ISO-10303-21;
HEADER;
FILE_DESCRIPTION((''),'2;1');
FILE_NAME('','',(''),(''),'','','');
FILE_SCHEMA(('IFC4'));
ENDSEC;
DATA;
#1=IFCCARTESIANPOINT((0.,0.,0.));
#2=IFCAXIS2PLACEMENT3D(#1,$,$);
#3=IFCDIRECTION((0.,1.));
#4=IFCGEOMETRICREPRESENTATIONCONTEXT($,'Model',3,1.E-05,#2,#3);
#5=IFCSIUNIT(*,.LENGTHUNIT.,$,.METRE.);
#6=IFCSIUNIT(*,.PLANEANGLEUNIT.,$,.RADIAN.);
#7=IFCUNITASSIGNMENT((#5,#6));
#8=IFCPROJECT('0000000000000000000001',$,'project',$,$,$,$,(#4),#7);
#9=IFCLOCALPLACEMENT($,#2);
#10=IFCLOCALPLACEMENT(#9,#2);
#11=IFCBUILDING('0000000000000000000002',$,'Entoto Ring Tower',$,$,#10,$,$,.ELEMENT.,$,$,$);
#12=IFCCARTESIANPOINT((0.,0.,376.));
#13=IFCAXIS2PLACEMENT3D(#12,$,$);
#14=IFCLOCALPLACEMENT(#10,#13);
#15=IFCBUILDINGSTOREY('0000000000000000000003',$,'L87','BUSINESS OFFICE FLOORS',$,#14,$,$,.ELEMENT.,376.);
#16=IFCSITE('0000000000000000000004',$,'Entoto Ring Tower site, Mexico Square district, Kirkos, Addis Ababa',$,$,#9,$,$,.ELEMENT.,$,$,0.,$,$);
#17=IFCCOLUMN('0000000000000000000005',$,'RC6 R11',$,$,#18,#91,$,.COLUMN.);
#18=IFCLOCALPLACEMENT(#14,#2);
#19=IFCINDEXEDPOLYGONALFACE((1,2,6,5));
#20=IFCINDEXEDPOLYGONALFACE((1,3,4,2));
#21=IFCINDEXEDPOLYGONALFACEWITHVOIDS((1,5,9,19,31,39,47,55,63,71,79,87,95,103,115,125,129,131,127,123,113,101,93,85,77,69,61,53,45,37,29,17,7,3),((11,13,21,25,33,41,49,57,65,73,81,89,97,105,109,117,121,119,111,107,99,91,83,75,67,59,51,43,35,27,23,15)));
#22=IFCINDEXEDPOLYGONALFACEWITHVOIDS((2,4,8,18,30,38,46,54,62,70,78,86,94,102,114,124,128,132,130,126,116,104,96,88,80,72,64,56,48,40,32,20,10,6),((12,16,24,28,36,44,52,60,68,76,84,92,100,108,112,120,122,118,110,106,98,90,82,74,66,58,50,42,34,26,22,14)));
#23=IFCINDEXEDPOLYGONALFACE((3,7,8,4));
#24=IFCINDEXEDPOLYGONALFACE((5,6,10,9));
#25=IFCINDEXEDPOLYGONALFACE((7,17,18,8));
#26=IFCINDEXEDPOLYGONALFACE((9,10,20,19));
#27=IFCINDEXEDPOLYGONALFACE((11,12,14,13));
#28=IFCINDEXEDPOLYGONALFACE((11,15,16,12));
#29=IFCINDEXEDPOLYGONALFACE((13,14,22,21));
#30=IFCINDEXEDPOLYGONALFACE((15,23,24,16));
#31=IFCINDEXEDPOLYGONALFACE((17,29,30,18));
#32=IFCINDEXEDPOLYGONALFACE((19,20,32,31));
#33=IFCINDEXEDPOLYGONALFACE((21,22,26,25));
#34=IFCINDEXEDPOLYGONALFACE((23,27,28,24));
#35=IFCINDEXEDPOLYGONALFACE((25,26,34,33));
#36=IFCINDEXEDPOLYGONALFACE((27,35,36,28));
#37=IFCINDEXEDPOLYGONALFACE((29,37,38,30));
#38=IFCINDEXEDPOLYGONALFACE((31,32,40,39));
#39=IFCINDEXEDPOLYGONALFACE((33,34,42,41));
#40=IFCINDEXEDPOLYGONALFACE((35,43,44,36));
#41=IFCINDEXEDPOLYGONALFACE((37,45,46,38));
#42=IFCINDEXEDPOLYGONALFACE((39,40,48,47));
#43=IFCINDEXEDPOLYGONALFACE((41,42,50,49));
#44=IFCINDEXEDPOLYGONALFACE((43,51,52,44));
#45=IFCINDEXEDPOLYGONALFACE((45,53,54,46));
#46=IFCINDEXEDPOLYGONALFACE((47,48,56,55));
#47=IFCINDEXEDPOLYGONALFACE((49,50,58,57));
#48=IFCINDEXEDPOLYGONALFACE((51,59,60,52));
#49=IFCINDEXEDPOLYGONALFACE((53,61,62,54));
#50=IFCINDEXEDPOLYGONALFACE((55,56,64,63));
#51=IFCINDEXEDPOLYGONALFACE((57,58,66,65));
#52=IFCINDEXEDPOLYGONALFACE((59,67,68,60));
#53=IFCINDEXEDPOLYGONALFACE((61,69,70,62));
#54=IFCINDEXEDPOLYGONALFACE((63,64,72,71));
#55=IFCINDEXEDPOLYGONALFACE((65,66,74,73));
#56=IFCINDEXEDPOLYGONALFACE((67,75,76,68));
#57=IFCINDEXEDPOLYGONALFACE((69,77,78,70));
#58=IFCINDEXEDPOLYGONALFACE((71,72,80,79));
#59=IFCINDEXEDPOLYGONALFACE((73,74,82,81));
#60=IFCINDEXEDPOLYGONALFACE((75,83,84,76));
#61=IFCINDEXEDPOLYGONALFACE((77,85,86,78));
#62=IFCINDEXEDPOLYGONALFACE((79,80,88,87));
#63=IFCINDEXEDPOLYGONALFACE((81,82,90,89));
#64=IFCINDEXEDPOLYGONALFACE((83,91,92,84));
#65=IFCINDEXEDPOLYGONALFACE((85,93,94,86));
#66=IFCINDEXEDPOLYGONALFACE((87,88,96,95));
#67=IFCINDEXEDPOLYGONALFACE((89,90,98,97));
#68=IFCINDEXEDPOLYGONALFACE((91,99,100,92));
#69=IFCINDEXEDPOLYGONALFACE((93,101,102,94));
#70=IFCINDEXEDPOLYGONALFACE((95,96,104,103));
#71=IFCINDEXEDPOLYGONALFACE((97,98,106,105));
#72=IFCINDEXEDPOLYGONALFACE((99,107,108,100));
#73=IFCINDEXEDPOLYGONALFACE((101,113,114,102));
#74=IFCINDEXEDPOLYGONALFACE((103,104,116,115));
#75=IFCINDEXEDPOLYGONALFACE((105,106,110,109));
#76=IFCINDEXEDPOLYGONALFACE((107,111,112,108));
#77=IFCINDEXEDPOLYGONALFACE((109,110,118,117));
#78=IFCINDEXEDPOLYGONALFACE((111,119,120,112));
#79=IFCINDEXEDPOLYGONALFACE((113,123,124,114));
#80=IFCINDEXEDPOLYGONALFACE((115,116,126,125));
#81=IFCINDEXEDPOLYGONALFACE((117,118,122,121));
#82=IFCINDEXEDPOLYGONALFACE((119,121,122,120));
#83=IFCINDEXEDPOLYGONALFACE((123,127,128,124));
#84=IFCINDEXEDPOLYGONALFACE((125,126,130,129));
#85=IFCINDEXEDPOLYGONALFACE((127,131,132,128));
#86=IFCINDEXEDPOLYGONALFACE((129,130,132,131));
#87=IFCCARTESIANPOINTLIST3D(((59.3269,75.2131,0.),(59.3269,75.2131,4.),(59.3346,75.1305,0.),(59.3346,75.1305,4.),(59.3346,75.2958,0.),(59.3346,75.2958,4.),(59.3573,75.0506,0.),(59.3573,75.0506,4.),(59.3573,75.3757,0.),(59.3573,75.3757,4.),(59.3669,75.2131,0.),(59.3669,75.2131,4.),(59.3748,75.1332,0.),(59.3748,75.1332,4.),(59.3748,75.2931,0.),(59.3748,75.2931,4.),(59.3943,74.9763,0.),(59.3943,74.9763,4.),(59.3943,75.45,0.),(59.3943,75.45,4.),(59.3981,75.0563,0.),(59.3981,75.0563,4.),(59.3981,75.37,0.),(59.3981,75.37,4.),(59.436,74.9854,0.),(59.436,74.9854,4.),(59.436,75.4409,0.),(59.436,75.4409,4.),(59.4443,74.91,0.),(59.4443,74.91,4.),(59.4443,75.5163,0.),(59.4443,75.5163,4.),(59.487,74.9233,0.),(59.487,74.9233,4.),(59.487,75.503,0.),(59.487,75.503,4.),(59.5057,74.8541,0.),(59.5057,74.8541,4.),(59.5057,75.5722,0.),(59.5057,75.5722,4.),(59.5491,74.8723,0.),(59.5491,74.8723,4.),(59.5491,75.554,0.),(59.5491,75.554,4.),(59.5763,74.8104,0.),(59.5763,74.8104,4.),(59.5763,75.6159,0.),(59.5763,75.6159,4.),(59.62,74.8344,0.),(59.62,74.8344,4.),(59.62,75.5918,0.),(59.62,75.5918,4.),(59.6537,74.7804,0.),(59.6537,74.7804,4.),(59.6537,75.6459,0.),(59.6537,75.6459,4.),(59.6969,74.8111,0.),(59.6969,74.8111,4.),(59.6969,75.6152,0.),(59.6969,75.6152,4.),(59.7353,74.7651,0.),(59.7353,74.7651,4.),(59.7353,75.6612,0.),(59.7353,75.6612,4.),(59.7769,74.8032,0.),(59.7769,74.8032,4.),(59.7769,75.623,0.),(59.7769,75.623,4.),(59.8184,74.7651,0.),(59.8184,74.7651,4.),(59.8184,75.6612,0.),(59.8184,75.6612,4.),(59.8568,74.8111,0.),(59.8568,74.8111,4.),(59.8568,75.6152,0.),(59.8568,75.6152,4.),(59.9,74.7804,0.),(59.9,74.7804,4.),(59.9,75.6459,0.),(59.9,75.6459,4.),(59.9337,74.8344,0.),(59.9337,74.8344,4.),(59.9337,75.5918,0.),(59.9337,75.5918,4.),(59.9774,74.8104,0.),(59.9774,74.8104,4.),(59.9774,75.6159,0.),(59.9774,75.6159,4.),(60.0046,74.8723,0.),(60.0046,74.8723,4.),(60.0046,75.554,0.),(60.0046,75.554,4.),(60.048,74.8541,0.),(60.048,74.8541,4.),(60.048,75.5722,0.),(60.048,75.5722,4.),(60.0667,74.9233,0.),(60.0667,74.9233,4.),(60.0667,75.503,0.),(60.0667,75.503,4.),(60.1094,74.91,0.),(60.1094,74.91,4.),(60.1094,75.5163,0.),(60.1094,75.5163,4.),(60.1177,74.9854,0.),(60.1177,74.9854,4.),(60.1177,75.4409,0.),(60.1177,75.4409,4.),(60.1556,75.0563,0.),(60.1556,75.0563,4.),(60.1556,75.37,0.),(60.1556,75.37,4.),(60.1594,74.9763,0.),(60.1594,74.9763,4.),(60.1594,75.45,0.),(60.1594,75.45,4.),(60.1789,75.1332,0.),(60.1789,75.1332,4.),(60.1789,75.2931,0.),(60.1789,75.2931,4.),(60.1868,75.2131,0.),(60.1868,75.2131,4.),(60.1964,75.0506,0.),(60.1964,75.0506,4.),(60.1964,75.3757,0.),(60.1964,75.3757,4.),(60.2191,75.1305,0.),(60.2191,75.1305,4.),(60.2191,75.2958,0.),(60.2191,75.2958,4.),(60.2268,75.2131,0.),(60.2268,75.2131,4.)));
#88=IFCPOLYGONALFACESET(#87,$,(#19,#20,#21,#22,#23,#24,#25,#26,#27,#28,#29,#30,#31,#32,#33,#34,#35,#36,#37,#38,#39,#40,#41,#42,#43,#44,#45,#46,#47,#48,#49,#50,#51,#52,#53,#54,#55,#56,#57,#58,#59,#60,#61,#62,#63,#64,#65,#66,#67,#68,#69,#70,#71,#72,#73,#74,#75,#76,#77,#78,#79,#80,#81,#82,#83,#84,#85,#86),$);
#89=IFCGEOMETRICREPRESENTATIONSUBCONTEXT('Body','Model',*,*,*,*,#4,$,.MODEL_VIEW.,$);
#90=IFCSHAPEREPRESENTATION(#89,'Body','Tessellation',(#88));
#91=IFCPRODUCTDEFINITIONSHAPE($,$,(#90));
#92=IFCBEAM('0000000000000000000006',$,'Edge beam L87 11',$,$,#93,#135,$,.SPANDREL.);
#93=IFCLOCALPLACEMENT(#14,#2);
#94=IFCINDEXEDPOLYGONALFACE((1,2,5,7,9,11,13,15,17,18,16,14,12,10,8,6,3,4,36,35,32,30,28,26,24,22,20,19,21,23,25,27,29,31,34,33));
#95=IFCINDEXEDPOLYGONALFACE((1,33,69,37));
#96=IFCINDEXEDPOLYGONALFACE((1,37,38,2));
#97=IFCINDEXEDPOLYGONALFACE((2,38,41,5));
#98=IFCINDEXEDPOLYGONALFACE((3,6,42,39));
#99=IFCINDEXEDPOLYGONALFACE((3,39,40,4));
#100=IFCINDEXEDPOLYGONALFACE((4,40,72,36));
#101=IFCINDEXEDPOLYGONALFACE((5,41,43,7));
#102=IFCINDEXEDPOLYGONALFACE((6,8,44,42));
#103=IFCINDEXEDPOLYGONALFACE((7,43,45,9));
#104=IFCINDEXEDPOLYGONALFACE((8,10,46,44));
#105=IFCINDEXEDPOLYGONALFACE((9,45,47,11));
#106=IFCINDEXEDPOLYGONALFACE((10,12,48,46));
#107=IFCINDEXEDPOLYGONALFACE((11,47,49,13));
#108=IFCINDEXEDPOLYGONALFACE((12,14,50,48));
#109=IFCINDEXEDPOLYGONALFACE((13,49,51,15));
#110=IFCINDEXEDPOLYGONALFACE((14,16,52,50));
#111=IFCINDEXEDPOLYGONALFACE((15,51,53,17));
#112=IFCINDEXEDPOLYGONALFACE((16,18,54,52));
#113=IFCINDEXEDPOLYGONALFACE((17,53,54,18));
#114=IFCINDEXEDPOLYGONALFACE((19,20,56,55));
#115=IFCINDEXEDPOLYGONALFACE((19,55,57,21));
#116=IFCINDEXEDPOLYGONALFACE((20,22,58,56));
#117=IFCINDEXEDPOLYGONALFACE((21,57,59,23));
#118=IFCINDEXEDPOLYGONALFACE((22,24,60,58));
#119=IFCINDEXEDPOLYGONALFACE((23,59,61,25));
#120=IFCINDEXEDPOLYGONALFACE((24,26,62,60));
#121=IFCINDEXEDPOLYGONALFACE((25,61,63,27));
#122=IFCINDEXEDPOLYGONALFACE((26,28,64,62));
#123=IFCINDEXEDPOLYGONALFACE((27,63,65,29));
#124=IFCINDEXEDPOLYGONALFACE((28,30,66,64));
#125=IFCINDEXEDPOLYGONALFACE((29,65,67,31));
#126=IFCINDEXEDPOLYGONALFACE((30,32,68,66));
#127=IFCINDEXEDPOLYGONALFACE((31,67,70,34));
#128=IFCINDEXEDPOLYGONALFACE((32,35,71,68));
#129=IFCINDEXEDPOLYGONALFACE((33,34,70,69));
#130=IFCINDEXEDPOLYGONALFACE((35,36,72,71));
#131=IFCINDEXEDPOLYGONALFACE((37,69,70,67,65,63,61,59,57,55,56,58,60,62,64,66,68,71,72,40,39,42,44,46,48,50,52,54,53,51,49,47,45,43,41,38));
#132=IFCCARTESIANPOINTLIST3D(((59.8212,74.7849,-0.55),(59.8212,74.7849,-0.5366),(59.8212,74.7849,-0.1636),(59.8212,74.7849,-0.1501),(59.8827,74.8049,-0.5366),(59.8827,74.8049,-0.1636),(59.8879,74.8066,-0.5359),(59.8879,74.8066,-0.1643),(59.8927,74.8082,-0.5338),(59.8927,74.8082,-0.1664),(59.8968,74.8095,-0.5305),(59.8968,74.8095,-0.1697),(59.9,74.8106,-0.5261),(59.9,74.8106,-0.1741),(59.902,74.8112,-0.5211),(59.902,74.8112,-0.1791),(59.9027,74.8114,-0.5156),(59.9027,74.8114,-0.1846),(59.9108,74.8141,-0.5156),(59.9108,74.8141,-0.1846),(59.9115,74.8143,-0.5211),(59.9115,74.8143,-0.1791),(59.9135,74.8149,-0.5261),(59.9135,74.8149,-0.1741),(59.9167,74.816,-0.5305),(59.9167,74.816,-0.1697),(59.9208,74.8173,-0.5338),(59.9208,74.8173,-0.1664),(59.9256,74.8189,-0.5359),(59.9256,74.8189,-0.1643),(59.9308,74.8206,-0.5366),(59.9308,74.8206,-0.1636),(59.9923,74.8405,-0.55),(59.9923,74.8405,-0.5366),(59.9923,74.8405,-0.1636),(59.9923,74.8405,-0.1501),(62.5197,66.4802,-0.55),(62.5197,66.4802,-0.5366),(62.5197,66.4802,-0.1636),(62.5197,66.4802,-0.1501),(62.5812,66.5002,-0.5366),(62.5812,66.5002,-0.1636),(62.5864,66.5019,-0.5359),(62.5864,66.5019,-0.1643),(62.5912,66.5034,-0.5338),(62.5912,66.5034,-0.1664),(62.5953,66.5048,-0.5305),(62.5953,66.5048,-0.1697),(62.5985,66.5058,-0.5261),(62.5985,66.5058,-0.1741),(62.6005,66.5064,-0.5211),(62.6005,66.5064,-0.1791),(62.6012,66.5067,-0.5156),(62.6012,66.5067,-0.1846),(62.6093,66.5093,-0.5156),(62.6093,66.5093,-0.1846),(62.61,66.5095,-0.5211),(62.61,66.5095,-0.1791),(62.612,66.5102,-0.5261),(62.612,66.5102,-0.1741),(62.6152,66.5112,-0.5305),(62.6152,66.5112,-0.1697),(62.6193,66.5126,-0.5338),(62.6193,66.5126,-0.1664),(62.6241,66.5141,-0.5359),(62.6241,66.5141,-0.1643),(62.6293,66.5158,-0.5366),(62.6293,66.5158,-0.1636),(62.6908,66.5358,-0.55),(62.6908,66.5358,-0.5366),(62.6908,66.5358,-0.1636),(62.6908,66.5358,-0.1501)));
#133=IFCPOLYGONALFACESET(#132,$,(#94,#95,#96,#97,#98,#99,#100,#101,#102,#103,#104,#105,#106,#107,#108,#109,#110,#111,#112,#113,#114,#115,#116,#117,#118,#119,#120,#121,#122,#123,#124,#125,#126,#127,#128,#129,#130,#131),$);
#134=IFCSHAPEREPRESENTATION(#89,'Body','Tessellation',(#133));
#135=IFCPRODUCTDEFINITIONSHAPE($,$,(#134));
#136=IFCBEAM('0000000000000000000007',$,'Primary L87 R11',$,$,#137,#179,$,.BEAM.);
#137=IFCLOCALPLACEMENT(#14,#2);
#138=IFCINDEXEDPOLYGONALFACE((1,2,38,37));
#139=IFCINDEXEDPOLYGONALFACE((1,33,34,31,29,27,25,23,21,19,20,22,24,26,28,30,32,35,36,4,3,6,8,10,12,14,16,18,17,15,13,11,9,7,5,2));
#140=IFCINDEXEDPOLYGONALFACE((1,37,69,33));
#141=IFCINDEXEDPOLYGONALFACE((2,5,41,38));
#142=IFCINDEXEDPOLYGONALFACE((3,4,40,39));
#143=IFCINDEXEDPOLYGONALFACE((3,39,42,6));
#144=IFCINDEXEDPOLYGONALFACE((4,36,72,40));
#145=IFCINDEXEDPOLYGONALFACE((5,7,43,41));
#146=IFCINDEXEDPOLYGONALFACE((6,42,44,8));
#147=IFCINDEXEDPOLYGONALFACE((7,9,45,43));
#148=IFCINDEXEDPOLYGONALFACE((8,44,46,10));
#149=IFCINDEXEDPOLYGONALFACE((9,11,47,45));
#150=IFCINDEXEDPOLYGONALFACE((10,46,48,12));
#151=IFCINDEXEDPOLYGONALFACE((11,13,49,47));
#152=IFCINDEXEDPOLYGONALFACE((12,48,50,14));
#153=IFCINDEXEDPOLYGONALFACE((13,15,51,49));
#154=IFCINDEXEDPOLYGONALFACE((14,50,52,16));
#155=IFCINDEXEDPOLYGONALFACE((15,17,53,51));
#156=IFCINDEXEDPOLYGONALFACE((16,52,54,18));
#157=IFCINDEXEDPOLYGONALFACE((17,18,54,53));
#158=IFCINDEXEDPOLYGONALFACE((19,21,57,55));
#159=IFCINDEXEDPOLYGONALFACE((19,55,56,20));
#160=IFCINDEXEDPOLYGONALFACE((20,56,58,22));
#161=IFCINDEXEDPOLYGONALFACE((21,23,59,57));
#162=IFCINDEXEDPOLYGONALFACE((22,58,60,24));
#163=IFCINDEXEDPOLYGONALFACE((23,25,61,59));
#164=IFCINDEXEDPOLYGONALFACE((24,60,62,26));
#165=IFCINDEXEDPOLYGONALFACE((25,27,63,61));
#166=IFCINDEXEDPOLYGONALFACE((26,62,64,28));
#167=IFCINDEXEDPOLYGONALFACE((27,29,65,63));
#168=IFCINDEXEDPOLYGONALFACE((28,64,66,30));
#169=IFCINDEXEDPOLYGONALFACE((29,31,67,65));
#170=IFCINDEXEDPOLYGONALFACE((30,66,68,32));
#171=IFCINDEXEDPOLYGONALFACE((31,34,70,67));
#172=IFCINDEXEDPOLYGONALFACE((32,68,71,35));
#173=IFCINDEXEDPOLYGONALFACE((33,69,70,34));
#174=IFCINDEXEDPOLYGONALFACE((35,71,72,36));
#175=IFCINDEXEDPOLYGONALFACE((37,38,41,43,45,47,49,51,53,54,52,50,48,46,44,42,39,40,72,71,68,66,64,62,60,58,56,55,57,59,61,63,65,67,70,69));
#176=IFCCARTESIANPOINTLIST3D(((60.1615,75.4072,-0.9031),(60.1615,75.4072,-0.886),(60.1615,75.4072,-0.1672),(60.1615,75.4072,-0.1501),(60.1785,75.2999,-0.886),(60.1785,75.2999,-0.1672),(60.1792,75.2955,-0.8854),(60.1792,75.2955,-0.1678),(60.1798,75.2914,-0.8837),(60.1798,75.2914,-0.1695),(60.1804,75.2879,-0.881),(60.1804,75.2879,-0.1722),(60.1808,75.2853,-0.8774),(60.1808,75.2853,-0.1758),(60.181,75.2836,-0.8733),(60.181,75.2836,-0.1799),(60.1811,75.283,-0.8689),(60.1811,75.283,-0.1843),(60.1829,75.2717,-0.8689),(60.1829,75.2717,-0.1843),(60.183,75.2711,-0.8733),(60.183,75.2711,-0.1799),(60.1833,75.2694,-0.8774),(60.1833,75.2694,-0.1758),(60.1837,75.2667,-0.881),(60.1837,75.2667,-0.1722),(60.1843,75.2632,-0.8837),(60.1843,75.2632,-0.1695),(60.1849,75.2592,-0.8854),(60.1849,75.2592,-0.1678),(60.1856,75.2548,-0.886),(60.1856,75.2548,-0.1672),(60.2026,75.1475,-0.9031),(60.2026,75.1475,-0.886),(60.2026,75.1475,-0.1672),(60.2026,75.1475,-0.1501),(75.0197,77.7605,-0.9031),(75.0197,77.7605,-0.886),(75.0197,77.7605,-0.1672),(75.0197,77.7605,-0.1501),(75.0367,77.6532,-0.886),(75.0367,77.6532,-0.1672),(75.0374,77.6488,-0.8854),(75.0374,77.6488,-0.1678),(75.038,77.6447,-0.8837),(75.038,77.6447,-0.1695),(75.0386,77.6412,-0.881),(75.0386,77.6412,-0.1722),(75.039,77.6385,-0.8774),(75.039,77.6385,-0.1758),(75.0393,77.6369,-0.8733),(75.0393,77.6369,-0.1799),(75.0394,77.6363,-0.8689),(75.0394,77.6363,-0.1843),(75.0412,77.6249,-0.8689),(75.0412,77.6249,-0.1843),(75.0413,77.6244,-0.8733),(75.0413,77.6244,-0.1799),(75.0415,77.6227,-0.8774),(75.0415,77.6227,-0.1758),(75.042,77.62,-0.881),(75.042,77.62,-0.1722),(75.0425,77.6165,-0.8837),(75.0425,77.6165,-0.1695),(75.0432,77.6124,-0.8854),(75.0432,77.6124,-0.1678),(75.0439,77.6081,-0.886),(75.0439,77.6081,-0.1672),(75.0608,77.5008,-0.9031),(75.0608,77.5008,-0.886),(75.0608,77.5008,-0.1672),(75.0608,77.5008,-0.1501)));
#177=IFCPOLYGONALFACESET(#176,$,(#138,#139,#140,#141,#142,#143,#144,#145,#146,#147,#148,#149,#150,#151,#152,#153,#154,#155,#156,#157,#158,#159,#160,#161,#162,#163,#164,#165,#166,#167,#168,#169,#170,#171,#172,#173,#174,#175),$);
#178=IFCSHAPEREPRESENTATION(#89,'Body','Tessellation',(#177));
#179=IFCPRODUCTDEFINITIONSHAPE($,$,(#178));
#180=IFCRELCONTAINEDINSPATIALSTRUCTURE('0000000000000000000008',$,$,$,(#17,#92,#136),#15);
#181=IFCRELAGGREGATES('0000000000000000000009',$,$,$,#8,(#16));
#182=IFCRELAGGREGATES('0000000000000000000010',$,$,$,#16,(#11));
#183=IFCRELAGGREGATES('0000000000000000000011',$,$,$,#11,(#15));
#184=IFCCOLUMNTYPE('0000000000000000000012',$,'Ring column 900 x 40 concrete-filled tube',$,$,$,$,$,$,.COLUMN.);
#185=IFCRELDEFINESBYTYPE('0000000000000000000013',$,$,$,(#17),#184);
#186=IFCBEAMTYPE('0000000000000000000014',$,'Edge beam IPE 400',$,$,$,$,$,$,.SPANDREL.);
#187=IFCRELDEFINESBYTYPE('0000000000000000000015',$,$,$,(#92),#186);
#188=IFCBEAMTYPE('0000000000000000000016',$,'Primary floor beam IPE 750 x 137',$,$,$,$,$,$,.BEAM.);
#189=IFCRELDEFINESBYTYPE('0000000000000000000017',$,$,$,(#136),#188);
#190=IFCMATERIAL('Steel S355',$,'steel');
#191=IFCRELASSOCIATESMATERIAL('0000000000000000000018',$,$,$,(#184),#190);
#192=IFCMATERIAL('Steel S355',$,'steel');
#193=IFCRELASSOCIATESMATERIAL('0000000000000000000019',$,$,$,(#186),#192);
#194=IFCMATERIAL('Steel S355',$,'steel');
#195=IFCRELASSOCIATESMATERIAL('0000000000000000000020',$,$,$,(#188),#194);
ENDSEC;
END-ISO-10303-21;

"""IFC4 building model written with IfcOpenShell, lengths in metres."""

from ifc_helpers import new_model, si_unit, direction, frame, origin, origin_2d, place, context, subcontext, project, spatial, circle, hollow_circle, i_section, extrude, material, material_profile, profile_set, type_object, element, save


model = new_model("IFC4")

# Units and contexts
model_context = context("Model", 3, precision=1e-05, world=origin(), true_north=direction((0.0, 1.0)))
body_context = subcontext(model_context, "Body", "Model", "MODEL_VIEW")
ifc_project = project(units=[si_unit("LENGTHUNIT", "METRE"), si_unit("PLANEANGLEUNIT", "RADIAN")], contexts=[model_context])

# Site, building, storey
site_placement = place(None, origin())
site = spatial("IfcSite", under=ifc_project, at=site_placement, Name="Entoto Ring Tower site, Mexico Square district, Kirkos, Addis Ababa", CompositionType="ELEMENT", RefElevation=0.0)
building_placement = place(site_placement, origin())
building = spatial("IfcBuilding", under=site, at=building_placement, Name="Entoto Ring Tower", CompositionType="ELEMENT")
storey_placement = place(building_placement, frame((0.0, 0.0, 376.0)))
storey = spatial("IfcBuildingStorey", under=building, at=storey_placement, Name="L87", Description="BUSINESS OFFICE FLOORS", CompositionType="ELEMENT", Elevation=376.0)

# Column
ifc_material_1 = material(Name="Steel S355", Category="steel")
ifc_material_profile_1 = material_profile(ifc_material_1, hollow_circle(Radius=0.45, WallThickness=0.04, at=origin_2d()), Name="CHS 900 x 40")
ifc_material_2 = material(Name="Concrete C60/75", Category="concrete")
ifc_material_profile_2 = material_profile(ifc_material_2, circle(Radius=0.4099, at=origin_2d()), Name="Concrete C60/75 infill")
ifc_profile_set_1 = profile_set([ifc_material_profile_1, ifc_material_profile_2], Name="Steel S355")
column_type = type_object("IfcColumnType", Name="Ring column 900 x 40 concrete-filled tube", PredefinedType="COLUMN", material=ifc_profile_set_1)
column_placement = place(storey_placement, frame((59.7769, 75.2131, 0.0), z_axis=(0.0, 0.0, 1.0), x_axis=(1.0, 0.0, 0.0)))
element("IfcColumn", 1, at=column_placement, inside=storey, type_object=column_type, Name="RC6 R11", PredefinedType="COLUMN", context=body_context, shape_type="SweptSolid", body=[
    extrude(hollow_circle(Radius=0.45, WallThickness=0.04, at=origin_2d()), origin(), (0.0, 0.0, 1.0), 4.0),
])

# Beams
ifc_material_3 = material(Name="Steel S355", Category="steel")
ifc_material_profile_3 = material_profile(ifc_material_3, i_section(OverallWidth=0.1799, OverallDepth=0.3999, WebThickness=0.0085, FlangeThickness=0.0134, FilletRadius=0.021, at=origin_2d()), Name="IPE 400")
ifc_profile_set_2 = profile_set([ifc_material_profile_3], Name="Steel S355")
beam_type_1 = type_object("IfcBeamType", Name="Edge beam IPE 400", PredefinedType="SPANDREL", material=ifc_profile_set_2)
beam_1_placement = place(storey_placement, frame((59.9067, 74.8127, -0.3501), z_axis=(0.30903, -0.951052, 0.0), x_axis=(0.951052, 0.30903, 0.0)))
element("IfcBeam", 2, at=beam_1_placement, inside=storey, type_object=beam_type_1, Name="Edge beam L87 11", PredefinedType="SPANDREL", context=body_context, shape_type="SweptSolid", body=[
    extrude(i_section(OverallWidth=0.1799, OverallDepth=0.3999, WebThickness=0.0085, FlangeThickness=0.0134, FilletRadius=0.021, at=origin_2d()), origin(), (0.0, 0.0, 1.0), 8.7322),
])
ifc_material_4 = material(Name="Steel S355", Category="steel")
ifc_material_profile_4 = material_profile(ifc_material_4, i_section(OverallWidth=0.2629, OverallDepth=0.7529, WebThickness=0.0115, FlangeThickness=0.0171, FilletRadius=0.0171, at=origin_2d()), Name="IPE 750 x 137")
ifc_profile_set_3 = profile_set([ifc_material_profile_4], Name="Steel S355")
beam_type_2 = type_object("IfcBeamType", Name="Primary floor beam IPE 750 x 137", PredefinedType="BEAM", material=ifc_profile_set_3)
beam_2_placement = place(storey_placement, frame((75.0403, 77.6306, -0.5266), z_axis=(-0.987689, -0.156433, 0.0), x_axis=(0.156433, -0.987689, 0.0)))
element("IfcBeam", 3, at=beam_2_placement, inside=storey, type_object=beam_type_2, Name="Primary L87 R11", PredefinedType="BEAM", context=body_context, shape_type="SweptSolid", body=[
    extrude(i_section(OverallWidth=0.2629, OverallDepth=0.7529, WebThickness=0.0115, FlangeThickness=0.0171, FilletRadius=0.0171, at=origin_2d()), origin(), (0.0, 0.0, 1.0), 15.0435),
])

save(model, "model.ifc")
